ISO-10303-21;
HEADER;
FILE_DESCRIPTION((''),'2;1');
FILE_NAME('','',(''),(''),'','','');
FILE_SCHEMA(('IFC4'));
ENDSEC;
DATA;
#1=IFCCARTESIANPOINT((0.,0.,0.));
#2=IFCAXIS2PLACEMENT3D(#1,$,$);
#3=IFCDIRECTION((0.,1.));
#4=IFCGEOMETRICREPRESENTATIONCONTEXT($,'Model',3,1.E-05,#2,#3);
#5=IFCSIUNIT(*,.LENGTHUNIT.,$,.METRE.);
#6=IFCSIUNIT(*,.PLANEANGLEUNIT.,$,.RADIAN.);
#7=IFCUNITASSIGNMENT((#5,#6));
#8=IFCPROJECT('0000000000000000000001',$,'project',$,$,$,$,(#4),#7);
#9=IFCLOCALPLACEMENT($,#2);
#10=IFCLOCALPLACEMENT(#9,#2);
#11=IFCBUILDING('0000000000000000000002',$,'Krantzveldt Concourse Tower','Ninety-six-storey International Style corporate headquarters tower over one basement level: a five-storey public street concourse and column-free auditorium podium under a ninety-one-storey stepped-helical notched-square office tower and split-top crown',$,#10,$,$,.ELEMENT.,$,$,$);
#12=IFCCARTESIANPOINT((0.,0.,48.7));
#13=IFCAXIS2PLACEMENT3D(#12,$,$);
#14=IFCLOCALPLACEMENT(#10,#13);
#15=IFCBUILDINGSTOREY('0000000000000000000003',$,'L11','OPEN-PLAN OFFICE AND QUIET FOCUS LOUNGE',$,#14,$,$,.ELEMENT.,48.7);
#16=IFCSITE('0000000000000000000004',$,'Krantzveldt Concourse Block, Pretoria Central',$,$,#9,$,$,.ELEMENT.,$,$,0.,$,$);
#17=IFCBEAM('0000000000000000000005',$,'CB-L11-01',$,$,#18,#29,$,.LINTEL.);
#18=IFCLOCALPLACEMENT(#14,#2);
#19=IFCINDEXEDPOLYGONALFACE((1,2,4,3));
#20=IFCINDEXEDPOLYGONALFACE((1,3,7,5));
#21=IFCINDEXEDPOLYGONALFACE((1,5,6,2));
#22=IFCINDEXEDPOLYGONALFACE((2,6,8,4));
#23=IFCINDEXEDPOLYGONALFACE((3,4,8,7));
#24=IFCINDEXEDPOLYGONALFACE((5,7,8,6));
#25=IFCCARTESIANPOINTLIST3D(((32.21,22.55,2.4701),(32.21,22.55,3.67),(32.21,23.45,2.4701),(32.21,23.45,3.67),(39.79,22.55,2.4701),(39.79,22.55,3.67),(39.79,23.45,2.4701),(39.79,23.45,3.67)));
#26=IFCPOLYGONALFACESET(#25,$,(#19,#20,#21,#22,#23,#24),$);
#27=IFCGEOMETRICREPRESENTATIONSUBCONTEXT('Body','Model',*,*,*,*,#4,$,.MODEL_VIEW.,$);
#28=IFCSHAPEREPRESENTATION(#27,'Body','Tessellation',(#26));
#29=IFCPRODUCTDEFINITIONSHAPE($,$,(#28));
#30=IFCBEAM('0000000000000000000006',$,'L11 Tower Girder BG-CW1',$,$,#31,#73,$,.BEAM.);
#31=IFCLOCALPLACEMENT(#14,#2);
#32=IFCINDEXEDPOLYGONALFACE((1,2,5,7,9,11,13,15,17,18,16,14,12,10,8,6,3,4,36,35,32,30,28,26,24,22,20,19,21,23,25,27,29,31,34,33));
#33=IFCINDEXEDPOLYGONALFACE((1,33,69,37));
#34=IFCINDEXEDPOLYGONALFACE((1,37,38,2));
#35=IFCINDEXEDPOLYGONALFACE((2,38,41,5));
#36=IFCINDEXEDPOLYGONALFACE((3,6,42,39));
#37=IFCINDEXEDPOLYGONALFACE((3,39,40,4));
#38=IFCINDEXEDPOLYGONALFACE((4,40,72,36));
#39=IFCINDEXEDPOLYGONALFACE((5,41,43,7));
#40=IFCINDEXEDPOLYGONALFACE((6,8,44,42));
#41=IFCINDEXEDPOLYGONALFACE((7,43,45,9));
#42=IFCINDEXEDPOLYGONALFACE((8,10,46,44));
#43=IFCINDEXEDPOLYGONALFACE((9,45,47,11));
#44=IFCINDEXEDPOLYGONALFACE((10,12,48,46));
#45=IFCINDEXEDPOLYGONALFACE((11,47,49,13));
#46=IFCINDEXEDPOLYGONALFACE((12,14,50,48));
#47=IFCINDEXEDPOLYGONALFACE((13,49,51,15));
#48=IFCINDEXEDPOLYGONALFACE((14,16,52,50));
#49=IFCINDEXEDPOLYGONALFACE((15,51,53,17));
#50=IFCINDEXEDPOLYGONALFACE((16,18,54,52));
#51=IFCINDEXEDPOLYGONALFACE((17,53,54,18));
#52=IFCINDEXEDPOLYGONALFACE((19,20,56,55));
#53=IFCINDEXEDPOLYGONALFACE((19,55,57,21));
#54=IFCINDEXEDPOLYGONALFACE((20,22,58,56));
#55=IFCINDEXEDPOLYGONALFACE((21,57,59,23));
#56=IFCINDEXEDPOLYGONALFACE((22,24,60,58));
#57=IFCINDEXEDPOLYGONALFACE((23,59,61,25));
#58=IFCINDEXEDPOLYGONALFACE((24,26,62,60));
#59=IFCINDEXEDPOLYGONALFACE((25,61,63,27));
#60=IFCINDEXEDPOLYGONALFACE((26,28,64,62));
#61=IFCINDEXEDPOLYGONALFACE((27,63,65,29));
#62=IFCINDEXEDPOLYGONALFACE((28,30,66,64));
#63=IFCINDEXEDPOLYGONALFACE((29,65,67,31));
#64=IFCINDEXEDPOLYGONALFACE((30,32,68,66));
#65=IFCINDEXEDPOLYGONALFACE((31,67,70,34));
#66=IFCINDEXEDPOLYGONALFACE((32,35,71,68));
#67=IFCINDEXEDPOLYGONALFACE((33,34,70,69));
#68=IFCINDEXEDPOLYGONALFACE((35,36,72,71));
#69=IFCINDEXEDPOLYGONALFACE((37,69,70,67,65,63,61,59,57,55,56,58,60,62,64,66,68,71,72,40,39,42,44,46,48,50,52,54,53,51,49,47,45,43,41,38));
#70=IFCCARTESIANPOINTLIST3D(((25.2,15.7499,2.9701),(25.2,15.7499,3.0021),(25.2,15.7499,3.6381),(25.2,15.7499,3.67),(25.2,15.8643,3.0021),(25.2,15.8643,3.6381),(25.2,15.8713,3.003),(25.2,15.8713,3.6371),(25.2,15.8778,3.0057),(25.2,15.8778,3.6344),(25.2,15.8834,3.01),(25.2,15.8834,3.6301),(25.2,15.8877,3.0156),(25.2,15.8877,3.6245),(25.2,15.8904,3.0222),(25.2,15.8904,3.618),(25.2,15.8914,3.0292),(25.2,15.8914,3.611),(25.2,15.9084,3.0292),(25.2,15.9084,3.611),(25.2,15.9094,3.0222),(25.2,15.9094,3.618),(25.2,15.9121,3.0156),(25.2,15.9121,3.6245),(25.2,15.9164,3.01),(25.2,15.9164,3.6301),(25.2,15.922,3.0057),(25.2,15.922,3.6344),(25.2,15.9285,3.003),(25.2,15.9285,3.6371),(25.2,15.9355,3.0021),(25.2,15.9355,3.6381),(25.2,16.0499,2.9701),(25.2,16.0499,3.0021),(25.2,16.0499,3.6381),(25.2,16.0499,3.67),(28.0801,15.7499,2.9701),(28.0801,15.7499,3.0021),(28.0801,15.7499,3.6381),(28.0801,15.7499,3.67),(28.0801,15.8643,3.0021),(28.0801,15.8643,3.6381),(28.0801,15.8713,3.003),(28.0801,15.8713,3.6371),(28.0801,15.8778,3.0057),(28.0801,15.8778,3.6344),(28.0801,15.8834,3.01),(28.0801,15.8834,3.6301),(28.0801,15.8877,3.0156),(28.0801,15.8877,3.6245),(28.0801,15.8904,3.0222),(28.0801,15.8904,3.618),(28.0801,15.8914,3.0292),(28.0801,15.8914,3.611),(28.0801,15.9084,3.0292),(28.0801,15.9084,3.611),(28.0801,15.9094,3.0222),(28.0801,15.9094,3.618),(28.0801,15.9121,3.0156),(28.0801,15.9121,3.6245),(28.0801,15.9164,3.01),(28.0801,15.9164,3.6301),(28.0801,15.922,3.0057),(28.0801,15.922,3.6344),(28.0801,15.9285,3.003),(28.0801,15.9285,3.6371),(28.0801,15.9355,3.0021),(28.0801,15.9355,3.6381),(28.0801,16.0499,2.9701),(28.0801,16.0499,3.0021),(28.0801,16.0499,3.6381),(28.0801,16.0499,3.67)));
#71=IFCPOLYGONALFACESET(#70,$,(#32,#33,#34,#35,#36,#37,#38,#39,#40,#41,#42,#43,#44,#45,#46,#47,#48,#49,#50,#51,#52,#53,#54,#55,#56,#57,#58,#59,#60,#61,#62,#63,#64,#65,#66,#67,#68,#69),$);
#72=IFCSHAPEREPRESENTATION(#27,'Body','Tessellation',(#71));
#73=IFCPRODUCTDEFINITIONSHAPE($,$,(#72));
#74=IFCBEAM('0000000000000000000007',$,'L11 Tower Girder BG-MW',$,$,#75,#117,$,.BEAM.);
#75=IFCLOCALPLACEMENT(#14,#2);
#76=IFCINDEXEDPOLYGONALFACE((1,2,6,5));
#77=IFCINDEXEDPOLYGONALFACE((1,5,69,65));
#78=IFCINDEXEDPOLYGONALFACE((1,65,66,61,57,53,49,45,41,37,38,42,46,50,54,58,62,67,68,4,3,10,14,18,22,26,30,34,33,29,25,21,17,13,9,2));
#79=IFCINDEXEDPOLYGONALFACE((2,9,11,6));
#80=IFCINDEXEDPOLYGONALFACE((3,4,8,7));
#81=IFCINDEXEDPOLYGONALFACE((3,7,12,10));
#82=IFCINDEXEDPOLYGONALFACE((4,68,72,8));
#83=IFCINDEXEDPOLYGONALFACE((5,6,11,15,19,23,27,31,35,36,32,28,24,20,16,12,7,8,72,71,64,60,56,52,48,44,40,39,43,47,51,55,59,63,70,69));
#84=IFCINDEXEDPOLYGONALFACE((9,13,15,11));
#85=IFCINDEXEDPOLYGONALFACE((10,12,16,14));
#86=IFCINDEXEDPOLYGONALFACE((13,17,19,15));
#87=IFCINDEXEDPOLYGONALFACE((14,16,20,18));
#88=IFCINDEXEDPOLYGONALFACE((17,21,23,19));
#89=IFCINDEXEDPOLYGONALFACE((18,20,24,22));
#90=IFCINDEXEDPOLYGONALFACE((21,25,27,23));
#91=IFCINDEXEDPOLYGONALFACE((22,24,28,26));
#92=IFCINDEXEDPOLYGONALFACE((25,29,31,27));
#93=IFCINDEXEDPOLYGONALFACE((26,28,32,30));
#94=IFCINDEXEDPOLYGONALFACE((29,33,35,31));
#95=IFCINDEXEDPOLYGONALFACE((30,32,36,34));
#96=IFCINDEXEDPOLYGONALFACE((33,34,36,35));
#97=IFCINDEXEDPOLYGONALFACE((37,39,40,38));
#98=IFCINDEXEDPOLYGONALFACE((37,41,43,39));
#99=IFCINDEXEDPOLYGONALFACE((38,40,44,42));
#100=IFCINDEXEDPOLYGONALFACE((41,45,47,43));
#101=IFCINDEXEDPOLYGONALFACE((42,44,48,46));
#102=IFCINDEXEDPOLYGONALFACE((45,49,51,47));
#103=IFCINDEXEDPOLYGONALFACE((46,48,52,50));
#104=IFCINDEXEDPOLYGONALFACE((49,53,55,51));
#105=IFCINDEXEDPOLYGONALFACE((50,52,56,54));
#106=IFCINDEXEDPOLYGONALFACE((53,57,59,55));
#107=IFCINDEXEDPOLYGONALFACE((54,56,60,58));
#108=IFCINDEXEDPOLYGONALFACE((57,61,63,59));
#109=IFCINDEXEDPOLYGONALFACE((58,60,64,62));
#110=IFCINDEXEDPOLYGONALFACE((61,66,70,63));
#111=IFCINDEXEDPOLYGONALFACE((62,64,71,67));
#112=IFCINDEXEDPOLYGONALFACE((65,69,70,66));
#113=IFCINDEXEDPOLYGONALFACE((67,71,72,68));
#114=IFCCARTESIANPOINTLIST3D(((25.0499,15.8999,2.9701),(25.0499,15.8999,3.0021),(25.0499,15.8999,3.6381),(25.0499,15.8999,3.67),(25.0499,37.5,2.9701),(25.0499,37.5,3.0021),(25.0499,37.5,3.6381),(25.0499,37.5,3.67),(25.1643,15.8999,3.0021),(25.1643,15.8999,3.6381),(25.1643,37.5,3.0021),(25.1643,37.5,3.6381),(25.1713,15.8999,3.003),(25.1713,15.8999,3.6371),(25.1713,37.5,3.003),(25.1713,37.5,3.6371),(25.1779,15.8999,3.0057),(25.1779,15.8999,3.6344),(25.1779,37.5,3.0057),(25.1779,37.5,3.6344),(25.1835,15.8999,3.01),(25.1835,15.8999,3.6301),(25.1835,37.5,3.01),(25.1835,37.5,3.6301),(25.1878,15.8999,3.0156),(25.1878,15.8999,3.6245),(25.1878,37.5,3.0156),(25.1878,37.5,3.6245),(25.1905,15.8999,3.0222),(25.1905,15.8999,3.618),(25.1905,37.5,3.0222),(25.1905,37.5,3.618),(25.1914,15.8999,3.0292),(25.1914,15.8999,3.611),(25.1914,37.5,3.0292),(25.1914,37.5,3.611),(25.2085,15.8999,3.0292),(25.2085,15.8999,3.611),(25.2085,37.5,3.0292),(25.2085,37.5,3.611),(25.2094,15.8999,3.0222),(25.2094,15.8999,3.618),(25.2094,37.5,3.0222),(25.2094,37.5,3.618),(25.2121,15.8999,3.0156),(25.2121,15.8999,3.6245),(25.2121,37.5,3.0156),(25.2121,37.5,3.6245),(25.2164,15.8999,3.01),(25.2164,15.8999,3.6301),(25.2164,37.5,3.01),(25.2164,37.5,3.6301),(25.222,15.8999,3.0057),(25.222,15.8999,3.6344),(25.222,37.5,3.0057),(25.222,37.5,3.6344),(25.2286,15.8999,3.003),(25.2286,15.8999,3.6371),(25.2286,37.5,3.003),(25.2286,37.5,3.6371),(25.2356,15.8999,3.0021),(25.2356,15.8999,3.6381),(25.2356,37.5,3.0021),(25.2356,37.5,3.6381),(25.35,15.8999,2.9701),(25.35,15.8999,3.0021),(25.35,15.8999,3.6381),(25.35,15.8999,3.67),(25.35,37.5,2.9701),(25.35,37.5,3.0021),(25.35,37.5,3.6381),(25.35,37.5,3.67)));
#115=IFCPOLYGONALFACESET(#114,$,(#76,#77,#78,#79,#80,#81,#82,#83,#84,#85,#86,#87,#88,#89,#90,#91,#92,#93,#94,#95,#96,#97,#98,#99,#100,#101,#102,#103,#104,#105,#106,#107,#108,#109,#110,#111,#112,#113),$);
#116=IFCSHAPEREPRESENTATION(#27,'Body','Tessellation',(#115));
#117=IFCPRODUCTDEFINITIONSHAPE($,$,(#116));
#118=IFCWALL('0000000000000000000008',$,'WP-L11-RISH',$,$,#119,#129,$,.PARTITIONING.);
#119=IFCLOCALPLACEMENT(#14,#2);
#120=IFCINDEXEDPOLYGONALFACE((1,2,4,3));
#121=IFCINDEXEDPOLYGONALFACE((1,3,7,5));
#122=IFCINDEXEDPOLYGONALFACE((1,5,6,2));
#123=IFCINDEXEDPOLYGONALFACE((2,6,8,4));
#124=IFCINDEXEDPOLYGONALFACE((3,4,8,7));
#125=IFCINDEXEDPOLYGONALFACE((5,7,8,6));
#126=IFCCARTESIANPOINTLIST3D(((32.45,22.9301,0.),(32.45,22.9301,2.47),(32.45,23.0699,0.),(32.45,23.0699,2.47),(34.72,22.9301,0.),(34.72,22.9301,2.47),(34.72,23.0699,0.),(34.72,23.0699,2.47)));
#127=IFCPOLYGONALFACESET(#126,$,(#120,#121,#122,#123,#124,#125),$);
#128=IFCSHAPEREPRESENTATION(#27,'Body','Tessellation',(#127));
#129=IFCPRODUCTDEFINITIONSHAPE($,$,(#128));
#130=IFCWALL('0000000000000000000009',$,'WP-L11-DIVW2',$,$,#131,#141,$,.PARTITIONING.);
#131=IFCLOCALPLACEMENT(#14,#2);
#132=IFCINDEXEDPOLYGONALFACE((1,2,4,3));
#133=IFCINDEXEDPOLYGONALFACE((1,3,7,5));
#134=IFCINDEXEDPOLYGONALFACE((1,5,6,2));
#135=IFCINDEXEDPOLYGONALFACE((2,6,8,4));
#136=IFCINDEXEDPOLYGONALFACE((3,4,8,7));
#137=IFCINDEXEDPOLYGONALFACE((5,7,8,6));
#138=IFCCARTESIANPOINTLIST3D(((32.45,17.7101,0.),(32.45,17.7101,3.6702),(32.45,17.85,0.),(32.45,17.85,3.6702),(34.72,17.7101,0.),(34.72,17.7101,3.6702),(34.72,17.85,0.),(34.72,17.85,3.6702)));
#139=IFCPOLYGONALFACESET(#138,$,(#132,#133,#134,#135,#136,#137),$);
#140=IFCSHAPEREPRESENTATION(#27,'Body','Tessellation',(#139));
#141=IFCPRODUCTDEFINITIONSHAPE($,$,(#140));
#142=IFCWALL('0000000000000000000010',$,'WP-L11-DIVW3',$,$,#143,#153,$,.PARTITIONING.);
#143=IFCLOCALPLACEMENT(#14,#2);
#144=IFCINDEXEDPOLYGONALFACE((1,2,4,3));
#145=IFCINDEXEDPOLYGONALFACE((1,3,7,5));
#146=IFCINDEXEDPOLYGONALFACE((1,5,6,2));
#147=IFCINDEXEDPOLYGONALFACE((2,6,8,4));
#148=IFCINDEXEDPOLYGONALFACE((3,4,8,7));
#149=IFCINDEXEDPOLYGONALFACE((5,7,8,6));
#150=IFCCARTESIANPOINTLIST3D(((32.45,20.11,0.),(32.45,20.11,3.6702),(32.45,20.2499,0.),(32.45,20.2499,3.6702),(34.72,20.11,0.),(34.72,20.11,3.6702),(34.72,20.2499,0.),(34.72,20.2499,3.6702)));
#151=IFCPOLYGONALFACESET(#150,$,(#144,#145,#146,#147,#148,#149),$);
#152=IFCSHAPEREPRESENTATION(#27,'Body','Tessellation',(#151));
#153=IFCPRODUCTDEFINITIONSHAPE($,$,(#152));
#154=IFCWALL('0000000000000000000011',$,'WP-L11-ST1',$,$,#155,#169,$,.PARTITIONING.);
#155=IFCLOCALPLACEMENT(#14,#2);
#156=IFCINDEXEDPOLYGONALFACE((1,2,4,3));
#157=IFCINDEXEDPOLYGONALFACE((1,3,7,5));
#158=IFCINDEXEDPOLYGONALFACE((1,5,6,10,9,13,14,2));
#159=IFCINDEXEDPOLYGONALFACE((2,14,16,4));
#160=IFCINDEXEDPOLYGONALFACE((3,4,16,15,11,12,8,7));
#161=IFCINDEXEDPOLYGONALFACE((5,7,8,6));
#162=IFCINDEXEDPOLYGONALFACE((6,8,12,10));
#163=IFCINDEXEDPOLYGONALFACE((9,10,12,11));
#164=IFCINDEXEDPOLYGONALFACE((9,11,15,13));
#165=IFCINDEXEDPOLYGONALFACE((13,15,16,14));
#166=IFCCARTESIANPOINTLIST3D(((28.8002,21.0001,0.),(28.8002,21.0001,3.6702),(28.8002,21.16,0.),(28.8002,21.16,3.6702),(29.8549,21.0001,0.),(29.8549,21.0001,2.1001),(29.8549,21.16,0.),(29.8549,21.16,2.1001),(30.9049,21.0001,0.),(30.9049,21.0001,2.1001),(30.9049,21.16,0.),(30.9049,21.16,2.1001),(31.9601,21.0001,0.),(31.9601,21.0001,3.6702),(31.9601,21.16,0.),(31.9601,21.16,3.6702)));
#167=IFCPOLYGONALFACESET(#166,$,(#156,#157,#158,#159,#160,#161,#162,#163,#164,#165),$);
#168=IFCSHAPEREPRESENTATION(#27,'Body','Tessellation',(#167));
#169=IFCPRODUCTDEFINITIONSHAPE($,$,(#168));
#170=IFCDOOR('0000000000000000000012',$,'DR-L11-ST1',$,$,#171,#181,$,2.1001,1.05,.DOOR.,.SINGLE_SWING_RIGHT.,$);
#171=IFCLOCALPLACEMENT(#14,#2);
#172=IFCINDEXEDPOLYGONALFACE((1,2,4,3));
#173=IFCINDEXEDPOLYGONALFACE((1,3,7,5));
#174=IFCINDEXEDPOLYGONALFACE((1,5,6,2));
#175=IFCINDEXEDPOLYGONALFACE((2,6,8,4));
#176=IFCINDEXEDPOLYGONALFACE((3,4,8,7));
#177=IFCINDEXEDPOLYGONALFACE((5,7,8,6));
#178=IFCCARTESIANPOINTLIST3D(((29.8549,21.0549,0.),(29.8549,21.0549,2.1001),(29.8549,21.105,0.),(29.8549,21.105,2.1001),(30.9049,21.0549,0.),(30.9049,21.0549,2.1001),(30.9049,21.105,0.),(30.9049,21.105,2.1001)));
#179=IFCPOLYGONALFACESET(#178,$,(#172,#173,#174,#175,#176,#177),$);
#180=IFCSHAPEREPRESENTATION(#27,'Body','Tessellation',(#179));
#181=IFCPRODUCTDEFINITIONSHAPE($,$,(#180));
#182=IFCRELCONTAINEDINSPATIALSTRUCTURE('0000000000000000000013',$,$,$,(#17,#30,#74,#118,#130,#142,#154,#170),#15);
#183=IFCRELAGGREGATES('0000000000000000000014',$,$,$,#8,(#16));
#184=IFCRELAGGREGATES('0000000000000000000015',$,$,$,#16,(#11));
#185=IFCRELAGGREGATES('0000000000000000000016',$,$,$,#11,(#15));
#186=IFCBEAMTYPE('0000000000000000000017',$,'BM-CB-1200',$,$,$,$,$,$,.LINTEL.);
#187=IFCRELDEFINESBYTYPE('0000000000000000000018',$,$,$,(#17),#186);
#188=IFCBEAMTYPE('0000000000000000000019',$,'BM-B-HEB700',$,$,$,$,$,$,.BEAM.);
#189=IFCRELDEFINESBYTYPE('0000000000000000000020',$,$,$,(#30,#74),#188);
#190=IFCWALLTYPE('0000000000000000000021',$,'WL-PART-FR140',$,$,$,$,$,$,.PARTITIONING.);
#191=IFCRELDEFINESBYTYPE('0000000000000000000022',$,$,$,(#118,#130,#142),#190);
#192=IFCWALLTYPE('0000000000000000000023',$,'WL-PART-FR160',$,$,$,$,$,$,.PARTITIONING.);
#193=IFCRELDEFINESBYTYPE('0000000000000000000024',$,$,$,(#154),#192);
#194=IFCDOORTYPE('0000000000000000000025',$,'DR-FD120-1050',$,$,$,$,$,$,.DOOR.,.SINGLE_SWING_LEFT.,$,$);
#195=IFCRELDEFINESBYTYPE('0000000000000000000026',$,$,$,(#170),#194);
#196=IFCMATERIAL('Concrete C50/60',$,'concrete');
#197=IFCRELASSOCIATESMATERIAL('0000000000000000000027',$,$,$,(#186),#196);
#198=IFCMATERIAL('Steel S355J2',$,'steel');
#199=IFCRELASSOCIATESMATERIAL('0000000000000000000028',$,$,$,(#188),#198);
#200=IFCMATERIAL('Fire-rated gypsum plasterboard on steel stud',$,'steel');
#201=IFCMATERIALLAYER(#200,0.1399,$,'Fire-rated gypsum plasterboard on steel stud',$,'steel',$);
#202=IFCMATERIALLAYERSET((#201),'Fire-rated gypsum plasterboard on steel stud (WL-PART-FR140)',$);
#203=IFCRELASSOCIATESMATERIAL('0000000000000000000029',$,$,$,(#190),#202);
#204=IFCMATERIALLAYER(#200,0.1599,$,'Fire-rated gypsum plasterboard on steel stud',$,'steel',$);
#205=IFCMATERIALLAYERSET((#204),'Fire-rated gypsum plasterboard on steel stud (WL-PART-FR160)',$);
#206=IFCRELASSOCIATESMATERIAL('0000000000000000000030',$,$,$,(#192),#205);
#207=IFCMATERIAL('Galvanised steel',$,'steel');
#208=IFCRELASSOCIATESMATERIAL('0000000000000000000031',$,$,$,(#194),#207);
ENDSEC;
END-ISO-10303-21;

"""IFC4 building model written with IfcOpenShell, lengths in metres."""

from ifc_helpers import new_model, si_unit, direction, frame, frame_2d, origin, origin_2d, place, context, subcontext, project, spatial, rectangle, i_section, extrude, source, transform, mapped, material, layer, layer_set, material_profile, profile_set, type_object, type_shapes, element, fill, save


model = new_model("IFC4")

# Units and contexts
model_context = context("Model", 3, precision=1e-05, world=origin(), true_north=direction((0.0, 1.0)))
body_context = subcontext(model_context, "Body", "Model", "MODEL_VIEW")
ifc_project = project(units=[si_unit("LENGTHUNIT", "METRE"), si_unit("PLANEANGLEUNIT", "RADIAN")], contexts=[model_context])

# Site, building, storey
site_placement = place(None, origin())
site = spatial("IfcSite", under=ifc_project, at=site_placement, Name="Krantzveldt Concourse Block, Pretoria Central", CompositionType="ELEMENT", RefElevation=0.0)
building_placement = place(site_placement, origin())
building = spatial("IfcBuilding", under=site, at=building_placement, Name="Krantzveldt Concourse Tower", Description="Ninety-six-storey International Style corporate headquarters tower over one basement level: a five-storey public street concourse and column-free auditorium podium under a ninety-one-storey stepped-helical notched-square office tower and split-top crown", CompositionType="ELEMENT")
storey_placement = place(building_placement, frame((0.0, 0.0, 48.7)))
storey = spatial("IfcBuildingStorey", under=building, at=storey_placement, Name="L11", Description="OPEN-PLAN OFFICE AND QUIET FOCUS LOUNGE", CompositionType="ELEMENT", Elevation=48.7)

# Beams
ifc_material_1 = material(Name="Concrete C50/60", Category="concrete")
ifc_material_profile_1 = material_profile(ifc_material_1, rectangle(XDim=0.8999, YDim=1.2, at=origin_2d()), Name="Concrete C50/60", Category="concrete")
ifc_profile_set_1 = profile_set([ifc_material_profile_1], Name="Concrete C50/60 - RC-CB 900x1200")
beam_type_1 = type_object("IfcBeamType", Name="BM-CB-1200", PredefinedType="LINTEL", material=ifc_profile_set_1)
shared_shape_1 = source(origin(), body_context, "Body", "SweptSolid", [
    extrude(rectangle(XDim=0.8999, YDim=1.2, at=origin_2d()), origin(), (0.0, 0.0, 1.0), 7.5801),
])
type_shapes(beam_type_1, [shared_shape_1])
beam_1_placement = place(storey_placement, frame((32.21, 23.0, 3.0701), z_axis=(1.0, 0.0, 0.0), x_axis=(0.0, 1.0, 0.0)))
element("IfcBeam", 1, at=beam_1_placement, inside=storey, type_object=beam_type_1, Name="CB-L11-01", PredefinedType="LINTEL", context=body_context, shape_type="MappedRepresentation", body=[
    mapped(shared_shape_1, transform((0.0, 0.0, 0.0), x_axis=(1.0, 0.0, 0.0), y_axis=(0.0, 1.0, 0.0), z_axis=(0.0, 0.0, 1.0), scale=1.0)),
])
ifc_material_2 = material(Name="Steel S355J2", Category="steel")
ifc_material_profile_2 = material_profile(ifc_material_2, i_section(OverallWidth=0.3, OverallDepth=0.7, WebThickness=0.0171, FlangeThickness=0.032, FilletRadius=0.0271, at=origin_2d()), Name="Steel S355J2", Category="steel")
ifc_profile_set_2 = profile_set([ifc_material_profile_2], Name="Steel S355J2 - HEB 700")
beam_type_2 = type_object("IfcBeamType", Name="BM-B-HEB700", PredefinedType="BEAM", material=ifc_profile_set_2)
shared_shape_2 = source(origin(), body_context, "Body", "SweptSolid", [
    extrude(i_section(OverallWidth=0.3, OverallDepth=0.7, WebThickness=0.0171, FlangeThickness=0.032, FilletRadius=0.0271, at=origin_2d()), origin(), (0.0, 0.0, 1.0), 2.8801),
])
beam_2_placement = place(storey_placement, frame((25.2, 15.8999, 3.3201), z_axis=(1.0, 0.0, 0.0), x_axis=(0.0, 1.0, 0.0)))
element("IfcBeam", 2, at=beam_2_placement, inside=storey, type_object=beam_type_2, Name="L11 Tower Girder BG-CW1", PredefinedType="BEAM", context=body_context, shape_type="MappedRepresentation", body=[
    mapped(shared_shape_2, transform((0.0, 0.0, 0.0), x_axis=(1.0, 0.0, 0.0), y_axis=(0.0, 1.0, 0.0), z_axis=(0.0, 0.0, 1.0), scale=1.0)),
])
shared_shape_3 = source(origin(), body_context, "Body", "SweptSolid", [
    extrude(i_section(OverallWidth=0.3, OverallDepth=0.7, WebThickness=0.0171, FlangeThickness=0.032, FilletRadius=0.0271, at=origin_2d()), origin(), (0.0, 0.0, 1.0), 21.6001),
])
type_shapes(beam_type_2, [shared_shape_2, shared_shape_3])
beam_3_placement = place(storey_placement, frame((25.2, 15.8999, 3.3201), z_axis=(0.0, 1.0, 0.0), x_axis=(-1.0, 0.0, 0.0)))
element("IfcBeam", 3, at=beam_3_placement, inside=storey, type_object=beam_type_2, Name="L11 Tower Girder BG-MW", PredefinedType="BEAM", context=body_context, shape_type="MappedRepresentation", body=[
    mapped(shared_shape_3, transform((0.0, 0.0, 0.0), x_axis=(1.0, 0.0, 0.0), y_axis=(0.0, 1.0, 0.0), z_axis=(0.0, 0.0, 1.0), scale=1.0)),
])

# Walls
ifc_material_3 = material(Name="Fire-rated gypsum plasterboard on steel stud", Category="steel")
ifc_layer_1 = layer(ifc_material_3, 0.1399, Name="Fire-rated gypsum plasterboard on steel stud", Category="steel")
ifc_layer_set_1 = layer_set([ifc_layer_1], Name="Fire-rated gypsum plasterboard on steel stud (WL-PART-FR140)")
wall_type_1 = type_object("IfcWallType", Name="WL-PART-FR140", PredefinedType="PARTITIONING", material=ifc_layer_set_1)
wall_1_placement = place(storey_placement, frame((32.45, 23.0, 0.0), z_axis=(0.0, 0.0, 1.0), x_axis=(1.0, 0.0, 0.0)))
element("IfcWall", 4, at=wall_1_placement, inside=storey, type_object=wall_type_1, Name="WP-L11-RISH", PredefinedType="PARTITIONING", context=body_context, shape_type="SweptSolid", body=[
    extrude(rectangle(XDim=2.27, YDim=0.1399, at=frame_2d((1.135, 0.0))), origin(), (0.0, 0.0, 1.0), 2.47),
])
for number, where, z_axis, x_axis, name in (
    (5, (32.45, 17.78, 0.0), (0.0, 0.0, 1.0), (1.0, 0.0, 0.0), "WP-L11-DIVW2"),
    (6, (32.45, 20.1799, 0.0), (0.0, 0.0, 1.0), (1.0, 0.0, 0.0), "WP-L11-DIVW3"),
):
    element("IfcWall", number, at=place(storey_placement, frame(where, z_axis=z_axis, x_axis=x_axis)), inside=storey, type_object=wall_type_1, Name=name, PredefinedType="PARTITIONING", context=body_context, shape_type="SweptSolid", body=[
        extrude(rectangle(XDim=2.27, YDim=0.1399, at=frame_2d((1.135, 0.0))), origin(), (0.0, 0.0, 1.0), 3.6702),
    ])

# Wall, opening, door
ifc_layer_2 = layer(ifc_material_3, 0.1599, Name="Fire-rated gypsum plasterboard on steel stud", Category="steel")
ifc_layer_set_2 = layer_set([ifc_layer_2], Name="Fire-rated gypsum plasterboard on steel stud (WL-PART-FR160)")
wall_type_2 = type_object("IfcWallType", Name="WL-PART-FR160", PredefinedType="PARTITIONING", material=ifc_layer_set_2)
wall_2_placement = place(storey_placement, frame((28.8, 21.0801, 0.0), z_axis=(0.0, 0.0, 1.0), x_axis=(1.0, 0.0, 0.0)))
wall_2 = element("IfcWall", 7, at=wall_2_placement, inside=storey, type_object=wall_type_2, Name="WP-L11-ST1", PredefinedType="PARTITIONING", context=body_context, shape_type="SweptSolid", body=[
    extrude(rectangle(XDim=3.1599, YDim=0.1599, at=frame_2d((1.5801, 0.0))), origin(), (0.0, 0.0, 1.0), 3.6702),
])
opening_1_placement = place(wall_2_placement, frame((1.0549, 0.0, 0.0)))
opening_1 = element("IfcOpeningElement", 8, at=opening_1_placement, cuts=wall_2, PredefinedType="OPENING", context=body_context, shape_type="SweptSolid", body=[
    extrude(rectangle(XDim=1.05, YDim=2.1001, at=frame_2d((0.5249, 1.05))), frame((0.0, 0.0898, 0.0), z_axis=(0.0, -1.0, 0.0), x_axis=(1.0, 0.0, 0.0)), (0.0, 0.0, 1.0), 0.1799),
])
ifc_material_4 = material(Name="Galvanised steel", Category="steel")
door_type_1 = type_object("IfcDoorType", Name="DR-FD120-1050", OperationType="SINGLE_SWING_LEFT", PredefinedType="DOOR", material=ifc_material_4)
door_1_placement = place(opening_1_placement, origin())
door_1 = element("IfcDoor", 9, at=door_1_placement, inside=storey, type_object=door_type_1, Name="DR-L11-ST1", OperationType="SINGLE_SWING_RIGHT", OverallHeight=2.1001, OverallWidth=1.05, PredefinedType="DOOR", context=body_context, shape_type="SweptSolid", body=[
    extrude(rectangle(XDim=1.05, YDim=2.1001, at=frame_2d((0.5249, 1.05))), frame((0.0, 0.0249, 0.0), z_axis=(0.0, -1.0, 0.0), x_axis=(1.0, 0.0, 0.0)), (0.0, 0.0, 1.0), 0.05),
])
fill(opening_1, door_1)

save(model, "model.ifc")
